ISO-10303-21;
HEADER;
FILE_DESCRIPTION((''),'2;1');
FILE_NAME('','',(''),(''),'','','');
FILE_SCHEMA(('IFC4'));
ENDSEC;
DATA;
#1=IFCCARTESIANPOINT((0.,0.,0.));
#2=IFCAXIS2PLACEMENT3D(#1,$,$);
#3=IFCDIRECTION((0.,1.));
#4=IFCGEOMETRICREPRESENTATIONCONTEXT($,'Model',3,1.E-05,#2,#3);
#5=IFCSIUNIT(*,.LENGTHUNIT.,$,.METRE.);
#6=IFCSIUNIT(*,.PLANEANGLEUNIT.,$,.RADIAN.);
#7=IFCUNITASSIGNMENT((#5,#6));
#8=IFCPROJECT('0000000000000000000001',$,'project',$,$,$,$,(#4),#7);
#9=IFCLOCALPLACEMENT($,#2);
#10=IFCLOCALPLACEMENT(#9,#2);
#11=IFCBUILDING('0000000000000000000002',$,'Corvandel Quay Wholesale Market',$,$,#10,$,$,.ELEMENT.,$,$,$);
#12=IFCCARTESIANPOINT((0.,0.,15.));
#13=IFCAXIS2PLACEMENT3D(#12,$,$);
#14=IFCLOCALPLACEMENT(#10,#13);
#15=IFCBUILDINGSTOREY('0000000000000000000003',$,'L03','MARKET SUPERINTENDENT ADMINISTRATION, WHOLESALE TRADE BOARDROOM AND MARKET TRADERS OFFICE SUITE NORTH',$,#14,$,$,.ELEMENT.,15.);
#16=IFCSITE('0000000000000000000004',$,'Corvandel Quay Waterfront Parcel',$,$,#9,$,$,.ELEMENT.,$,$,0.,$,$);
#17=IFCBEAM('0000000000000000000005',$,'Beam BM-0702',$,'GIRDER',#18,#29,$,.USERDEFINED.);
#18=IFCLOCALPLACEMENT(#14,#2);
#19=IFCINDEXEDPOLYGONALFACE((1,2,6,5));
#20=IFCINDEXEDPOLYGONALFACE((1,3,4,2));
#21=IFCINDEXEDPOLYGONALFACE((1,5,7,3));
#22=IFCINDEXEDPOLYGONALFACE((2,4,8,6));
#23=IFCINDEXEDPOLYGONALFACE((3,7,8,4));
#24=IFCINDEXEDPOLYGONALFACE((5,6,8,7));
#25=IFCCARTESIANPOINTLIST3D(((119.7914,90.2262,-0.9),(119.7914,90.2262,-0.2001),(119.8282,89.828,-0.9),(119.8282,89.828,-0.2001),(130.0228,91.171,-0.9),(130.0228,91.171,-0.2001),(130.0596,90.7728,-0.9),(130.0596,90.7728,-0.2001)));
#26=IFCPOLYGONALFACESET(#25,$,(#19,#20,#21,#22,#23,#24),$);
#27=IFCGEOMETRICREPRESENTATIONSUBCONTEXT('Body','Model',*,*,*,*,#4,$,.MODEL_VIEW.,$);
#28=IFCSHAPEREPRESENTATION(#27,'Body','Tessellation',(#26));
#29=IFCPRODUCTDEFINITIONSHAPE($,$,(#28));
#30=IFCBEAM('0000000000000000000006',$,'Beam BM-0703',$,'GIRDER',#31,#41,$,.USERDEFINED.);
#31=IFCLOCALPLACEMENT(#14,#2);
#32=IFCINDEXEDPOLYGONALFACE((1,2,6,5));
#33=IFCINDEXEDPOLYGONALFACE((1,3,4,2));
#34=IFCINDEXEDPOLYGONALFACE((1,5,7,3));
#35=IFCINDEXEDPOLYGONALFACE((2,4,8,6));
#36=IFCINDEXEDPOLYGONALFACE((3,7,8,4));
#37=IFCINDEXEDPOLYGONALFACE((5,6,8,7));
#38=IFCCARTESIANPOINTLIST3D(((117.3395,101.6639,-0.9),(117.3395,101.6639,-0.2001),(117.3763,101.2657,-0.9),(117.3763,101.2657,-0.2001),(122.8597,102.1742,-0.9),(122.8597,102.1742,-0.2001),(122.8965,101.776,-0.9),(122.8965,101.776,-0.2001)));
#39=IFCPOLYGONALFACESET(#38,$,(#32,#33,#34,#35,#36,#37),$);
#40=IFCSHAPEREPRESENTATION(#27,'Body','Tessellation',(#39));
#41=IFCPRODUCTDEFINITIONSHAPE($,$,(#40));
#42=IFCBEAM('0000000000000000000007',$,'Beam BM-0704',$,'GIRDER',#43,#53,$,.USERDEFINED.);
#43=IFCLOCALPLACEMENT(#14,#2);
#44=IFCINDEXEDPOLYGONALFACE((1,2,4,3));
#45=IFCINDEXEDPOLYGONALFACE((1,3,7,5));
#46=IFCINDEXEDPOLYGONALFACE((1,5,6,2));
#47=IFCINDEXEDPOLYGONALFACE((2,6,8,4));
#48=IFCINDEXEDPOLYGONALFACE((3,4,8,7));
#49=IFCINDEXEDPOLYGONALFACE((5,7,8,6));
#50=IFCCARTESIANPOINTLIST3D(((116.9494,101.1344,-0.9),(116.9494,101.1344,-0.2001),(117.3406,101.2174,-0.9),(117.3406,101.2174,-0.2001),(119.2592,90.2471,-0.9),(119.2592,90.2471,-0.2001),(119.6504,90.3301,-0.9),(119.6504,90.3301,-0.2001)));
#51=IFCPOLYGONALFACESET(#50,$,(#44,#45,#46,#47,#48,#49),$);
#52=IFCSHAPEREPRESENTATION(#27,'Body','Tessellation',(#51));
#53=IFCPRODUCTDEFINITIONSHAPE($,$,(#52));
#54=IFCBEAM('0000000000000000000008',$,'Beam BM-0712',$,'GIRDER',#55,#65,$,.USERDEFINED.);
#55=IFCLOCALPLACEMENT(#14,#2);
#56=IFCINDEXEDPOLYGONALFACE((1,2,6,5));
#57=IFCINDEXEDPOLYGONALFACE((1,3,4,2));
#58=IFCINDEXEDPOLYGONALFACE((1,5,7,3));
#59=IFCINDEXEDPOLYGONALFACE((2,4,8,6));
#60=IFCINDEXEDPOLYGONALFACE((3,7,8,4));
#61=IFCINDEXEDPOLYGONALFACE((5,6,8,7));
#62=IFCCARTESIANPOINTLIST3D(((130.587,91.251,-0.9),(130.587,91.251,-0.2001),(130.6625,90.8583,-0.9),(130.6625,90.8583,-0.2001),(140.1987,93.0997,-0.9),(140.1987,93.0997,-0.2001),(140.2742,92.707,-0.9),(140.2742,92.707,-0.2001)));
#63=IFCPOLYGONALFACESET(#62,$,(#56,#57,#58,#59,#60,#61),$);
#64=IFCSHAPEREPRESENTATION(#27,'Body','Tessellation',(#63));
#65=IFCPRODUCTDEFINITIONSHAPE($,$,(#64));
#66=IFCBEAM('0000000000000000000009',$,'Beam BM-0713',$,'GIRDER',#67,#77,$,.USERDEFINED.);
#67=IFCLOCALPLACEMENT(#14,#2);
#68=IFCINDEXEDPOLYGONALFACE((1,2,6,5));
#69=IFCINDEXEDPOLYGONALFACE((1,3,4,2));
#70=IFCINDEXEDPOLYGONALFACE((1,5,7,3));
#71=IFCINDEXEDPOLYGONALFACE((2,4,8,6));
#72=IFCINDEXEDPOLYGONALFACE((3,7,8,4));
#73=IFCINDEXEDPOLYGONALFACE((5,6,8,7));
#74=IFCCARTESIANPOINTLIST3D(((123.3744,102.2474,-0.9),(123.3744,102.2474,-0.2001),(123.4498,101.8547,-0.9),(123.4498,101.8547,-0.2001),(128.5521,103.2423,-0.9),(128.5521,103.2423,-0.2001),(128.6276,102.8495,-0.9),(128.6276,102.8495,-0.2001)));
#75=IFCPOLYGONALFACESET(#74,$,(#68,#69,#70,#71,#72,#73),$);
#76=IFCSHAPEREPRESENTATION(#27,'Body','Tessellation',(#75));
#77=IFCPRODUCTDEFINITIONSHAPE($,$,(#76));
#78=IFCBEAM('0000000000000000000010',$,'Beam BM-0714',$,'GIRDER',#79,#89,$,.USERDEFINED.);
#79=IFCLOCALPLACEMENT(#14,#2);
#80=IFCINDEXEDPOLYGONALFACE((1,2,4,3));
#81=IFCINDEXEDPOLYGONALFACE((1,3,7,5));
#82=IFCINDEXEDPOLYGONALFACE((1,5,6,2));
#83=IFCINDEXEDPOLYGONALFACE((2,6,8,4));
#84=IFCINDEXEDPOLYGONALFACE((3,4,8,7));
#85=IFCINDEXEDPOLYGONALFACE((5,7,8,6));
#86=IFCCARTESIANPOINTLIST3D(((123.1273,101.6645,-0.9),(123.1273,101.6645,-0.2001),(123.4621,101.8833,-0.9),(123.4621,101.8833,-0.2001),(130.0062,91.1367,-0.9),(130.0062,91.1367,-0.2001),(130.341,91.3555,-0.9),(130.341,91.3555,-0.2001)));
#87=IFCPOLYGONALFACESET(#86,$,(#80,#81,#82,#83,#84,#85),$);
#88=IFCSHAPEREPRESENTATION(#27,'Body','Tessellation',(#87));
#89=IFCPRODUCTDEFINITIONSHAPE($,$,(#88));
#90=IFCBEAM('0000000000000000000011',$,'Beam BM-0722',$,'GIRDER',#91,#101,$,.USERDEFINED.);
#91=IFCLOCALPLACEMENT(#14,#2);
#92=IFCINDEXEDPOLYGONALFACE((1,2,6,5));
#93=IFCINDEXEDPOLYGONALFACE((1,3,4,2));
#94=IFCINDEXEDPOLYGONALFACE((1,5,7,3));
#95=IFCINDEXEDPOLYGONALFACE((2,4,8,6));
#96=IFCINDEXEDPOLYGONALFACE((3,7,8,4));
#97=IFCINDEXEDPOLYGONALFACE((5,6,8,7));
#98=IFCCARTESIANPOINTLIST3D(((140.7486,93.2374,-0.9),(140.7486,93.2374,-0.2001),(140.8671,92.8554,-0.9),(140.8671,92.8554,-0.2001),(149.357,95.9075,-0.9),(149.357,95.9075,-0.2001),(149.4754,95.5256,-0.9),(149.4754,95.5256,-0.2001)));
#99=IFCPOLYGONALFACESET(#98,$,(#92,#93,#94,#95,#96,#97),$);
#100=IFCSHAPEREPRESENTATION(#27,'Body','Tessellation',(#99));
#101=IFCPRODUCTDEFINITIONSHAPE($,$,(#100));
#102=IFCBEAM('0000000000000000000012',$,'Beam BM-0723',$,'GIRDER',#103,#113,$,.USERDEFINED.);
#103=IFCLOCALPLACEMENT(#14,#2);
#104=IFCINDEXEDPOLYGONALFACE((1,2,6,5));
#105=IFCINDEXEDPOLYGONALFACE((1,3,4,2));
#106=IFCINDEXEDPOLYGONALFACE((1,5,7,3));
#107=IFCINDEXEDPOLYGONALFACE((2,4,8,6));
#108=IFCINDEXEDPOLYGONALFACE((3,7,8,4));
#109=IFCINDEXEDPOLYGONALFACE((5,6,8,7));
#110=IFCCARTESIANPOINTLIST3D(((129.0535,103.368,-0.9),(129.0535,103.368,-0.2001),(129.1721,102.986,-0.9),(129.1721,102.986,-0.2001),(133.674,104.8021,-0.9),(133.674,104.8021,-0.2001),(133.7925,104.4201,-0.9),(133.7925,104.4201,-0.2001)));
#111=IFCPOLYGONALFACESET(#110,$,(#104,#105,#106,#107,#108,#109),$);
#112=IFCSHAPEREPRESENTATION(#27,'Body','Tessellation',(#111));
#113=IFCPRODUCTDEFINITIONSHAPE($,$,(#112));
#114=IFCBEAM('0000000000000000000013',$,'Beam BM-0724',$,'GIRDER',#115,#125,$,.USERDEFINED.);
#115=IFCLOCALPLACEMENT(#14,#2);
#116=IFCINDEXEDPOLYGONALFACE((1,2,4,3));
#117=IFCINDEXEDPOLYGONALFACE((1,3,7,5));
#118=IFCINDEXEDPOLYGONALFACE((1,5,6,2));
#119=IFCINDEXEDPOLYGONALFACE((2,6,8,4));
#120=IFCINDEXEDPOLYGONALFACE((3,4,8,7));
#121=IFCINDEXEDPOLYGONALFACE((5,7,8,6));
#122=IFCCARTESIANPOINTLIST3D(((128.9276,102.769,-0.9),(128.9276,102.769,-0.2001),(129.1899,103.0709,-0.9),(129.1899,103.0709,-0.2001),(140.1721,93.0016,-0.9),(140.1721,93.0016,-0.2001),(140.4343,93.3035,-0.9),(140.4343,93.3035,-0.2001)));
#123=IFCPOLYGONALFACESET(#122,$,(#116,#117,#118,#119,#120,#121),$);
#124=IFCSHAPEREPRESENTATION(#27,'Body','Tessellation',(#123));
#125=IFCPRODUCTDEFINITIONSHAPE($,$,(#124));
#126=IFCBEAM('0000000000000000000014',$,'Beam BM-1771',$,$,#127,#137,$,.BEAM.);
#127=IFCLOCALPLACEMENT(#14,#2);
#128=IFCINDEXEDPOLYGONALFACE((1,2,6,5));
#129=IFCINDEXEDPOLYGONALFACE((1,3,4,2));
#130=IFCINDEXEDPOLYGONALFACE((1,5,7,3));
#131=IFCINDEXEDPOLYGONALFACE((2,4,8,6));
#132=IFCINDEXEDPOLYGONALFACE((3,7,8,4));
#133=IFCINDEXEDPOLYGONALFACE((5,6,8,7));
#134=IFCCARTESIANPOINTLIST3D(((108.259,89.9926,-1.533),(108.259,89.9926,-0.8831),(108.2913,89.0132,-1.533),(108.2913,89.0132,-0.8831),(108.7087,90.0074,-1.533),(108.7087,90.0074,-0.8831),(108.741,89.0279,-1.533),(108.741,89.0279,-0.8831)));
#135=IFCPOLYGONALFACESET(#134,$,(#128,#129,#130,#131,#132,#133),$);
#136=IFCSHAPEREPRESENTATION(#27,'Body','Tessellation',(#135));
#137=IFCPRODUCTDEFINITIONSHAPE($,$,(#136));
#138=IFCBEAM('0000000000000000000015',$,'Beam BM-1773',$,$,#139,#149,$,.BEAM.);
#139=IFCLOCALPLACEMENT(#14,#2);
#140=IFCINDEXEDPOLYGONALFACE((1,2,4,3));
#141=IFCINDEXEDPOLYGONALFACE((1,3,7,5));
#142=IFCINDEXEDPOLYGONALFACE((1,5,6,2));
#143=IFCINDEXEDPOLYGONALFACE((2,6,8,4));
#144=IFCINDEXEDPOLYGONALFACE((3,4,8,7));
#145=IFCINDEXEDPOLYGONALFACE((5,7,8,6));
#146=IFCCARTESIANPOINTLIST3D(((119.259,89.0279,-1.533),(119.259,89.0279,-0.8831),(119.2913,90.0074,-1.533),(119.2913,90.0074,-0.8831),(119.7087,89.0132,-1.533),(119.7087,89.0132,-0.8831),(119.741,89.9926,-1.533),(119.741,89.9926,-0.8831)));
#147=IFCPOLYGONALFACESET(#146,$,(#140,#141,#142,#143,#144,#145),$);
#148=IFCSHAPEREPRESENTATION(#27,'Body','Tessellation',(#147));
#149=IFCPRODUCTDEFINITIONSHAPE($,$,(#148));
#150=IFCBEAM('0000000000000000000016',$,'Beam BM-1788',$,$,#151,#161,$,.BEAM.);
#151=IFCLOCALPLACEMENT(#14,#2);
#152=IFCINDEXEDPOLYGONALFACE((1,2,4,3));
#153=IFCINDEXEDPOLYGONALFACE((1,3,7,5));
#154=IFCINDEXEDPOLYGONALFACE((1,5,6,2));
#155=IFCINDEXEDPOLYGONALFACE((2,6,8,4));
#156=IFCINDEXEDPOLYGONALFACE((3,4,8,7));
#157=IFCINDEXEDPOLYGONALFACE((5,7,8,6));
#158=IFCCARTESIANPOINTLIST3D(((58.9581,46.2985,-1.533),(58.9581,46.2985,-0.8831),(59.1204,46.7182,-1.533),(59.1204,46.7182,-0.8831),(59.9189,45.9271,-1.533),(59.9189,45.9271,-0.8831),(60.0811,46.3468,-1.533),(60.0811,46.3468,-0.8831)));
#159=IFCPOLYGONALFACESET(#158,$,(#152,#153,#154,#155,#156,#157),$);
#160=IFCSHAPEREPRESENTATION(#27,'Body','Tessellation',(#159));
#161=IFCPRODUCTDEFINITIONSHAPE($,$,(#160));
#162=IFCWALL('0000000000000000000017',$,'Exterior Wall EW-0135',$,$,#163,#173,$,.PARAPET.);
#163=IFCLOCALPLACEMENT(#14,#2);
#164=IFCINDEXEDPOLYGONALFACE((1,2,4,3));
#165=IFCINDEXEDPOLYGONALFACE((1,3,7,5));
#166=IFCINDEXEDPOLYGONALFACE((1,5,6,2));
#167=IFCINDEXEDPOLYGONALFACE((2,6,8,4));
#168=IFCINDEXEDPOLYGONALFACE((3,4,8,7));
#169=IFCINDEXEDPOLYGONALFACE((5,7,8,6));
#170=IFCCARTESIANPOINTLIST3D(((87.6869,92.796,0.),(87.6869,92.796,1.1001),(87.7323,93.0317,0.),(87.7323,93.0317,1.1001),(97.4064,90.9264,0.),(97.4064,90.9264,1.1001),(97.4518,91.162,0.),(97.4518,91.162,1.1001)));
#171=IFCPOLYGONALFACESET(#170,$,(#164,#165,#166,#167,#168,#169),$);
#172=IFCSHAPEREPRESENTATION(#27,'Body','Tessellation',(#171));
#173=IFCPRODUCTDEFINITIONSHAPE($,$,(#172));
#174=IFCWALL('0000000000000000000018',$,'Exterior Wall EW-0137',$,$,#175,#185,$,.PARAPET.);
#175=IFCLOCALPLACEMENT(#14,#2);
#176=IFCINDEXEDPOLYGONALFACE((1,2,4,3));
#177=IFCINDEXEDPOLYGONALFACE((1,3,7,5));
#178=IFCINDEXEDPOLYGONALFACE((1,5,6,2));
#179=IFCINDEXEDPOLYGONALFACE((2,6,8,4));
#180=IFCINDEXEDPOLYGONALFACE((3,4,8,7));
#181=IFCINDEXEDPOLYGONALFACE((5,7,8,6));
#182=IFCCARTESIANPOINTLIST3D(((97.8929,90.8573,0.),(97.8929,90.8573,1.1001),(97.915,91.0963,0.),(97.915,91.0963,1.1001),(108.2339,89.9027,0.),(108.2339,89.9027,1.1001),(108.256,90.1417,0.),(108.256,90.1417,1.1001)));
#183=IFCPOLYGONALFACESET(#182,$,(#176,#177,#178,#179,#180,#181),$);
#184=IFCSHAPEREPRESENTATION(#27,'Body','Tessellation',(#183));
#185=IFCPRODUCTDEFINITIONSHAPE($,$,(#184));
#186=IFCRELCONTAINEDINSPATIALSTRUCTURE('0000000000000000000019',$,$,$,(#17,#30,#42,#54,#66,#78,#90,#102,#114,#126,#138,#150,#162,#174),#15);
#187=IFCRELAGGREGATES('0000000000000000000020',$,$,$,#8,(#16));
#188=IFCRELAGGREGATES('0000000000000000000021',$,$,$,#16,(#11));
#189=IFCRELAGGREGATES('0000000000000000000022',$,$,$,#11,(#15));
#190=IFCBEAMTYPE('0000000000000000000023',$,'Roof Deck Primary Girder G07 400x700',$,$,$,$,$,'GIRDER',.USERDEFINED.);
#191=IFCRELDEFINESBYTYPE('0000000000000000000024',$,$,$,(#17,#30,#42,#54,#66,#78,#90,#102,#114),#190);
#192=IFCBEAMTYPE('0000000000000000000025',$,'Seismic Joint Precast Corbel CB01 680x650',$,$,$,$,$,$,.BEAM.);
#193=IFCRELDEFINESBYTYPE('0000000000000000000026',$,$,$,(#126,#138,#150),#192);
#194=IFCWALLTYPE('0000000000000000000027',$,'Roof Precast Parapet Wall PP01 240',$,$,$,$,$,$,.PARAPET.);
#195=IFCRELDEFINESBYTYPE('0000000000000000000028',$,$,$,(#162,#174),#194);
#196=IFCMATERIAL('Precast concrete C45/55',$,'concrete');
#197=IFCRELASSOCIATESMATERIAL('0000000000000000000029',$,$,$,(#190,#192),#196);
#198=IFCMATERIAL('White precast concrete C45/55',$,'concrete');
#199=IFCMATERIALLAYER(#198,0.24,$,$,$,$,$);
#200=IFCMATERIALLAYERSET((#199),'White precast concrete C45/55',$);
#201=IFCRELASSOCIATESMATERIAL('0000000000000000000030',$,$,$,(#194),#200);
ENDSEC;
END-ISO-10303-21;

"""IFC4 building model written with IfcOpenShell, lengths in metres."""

from ifc_helpers import new_model, si_unit, direction, frame, frame_2d, origin, origin_2d, place, context, subcontext, project, spatial, rectangle, extrude, material, layer, layer_set, material_profile, profile_set, type_object, element, save


model = new_model("IFC4")

# Units and contexts
model_context = context("Model", 3, precision=1e-05, world=origin(), true_north=direction((0.0, 1.0)))
body_context = subcontext(model_context, "Body", "Model", "MODEL_VIEW")
ifc_project = project(units=[si_unit("LENGTHUNIT", "METRE"), si_unit("PLANEANGLEUNIT", "RADIAN")], contexts=[model_context])

# Site, building, storey
site_placement = place(None, origin())
site = spatial("IfcSite", under=ifc_project, at=site_placement, Name="Corvandel Quay Waterfront Parcel", CompositionType="ELEMENT", RefElevation=0.0)
building_placement = place(site_placement, origin())
building = spatial("IfcBuilding", under=site, at=building_placement, Name="Corvandel Quay Wholesale Market", CompositionType="ELEMENT")
storey_placement = place(building_placement, frame((0.0, 0.0, 15.0)))
storey = spatial("IfcBuildingStorey", under=building, at=storey_placement, Name="L03", Description="MARKET SUPERINTENDENT ADMINISTRATION, WHOLESALE TRADE BOARDROOM AND MARKET TRADERS OFFICE SUITE NORTH", CompositionType="ELEMENT", Elevation=15.0)

# Beams
ifc_material_1 = material(Name="Precast concrete C45/55", Category="concrete")
ifc_material_profile_1 = material_profile(ifc_material_1, rectangle(XDim=0.3999, YDim=0.7, at=origin_2d()), Name="PC-GIR-400x700")
ifc_profile_set_1 = profile_set([ifc_material_profile_1], Name="Precast concrete C45/55")
beam_type_1 = type_object("IfcBeamType", Name="Roof Deck Primary Girder G07 400x700", ElementType="GIRDER", PredefinedType="USERDEFINED", material=ifc_profile_set_1)
beam_1_placement = place(storey_placement, frame((119.8098, 90.0271, -0.55), z_axis=(0.995763, 0.091954, 0.0), x_axis=(-0.091954, 0.995763, 0.0)))
element("IfcBeam", 1, at=beam_1_placement, inside=storey, type_object=beam_type_1, Name="Beam BM-0702", ObjectType="GIRDER", PredefinedType="USERDEFINED", context=body_context, shape_type="SweptSolid", body=[
    extrude(rectangle(XDim=0.3999, YDim=0.7, at=origin_2d()), origin(), (0.0, 0.0, 1.0), 10.2749),
])
beam_2_placement = place(storey_placement, frame((117.3579, 101.4648, -0.55), z_axis=(0.995755, 0.092041, 0.0), x_axis=(-0.092041, 0.995755, 0.0)))
element("IfcBeam", 2, at=beam_2_placement, inside=storey, type_object=beam_type_1, Name="Beam BM-0703", ObjectType="GIRDER", PredefinedType="USERDEFINED", context=body_context, shape_type="SweptSolid", body=[
    extrude(rectangle(XDim=0.3999, YDim=0.7, at=origin_2d()), origin(), (0.0, 0.0, 1.0), 5.5437),
])
beam_3_placement = place(storey_placement, frame((119.4548, 90.2886, -0.55), z_axis=(-0.207539, 0.978227, 0.0), x_axis=(-0.978227, -0.207539, 0.0)))
element("IfcBeam", 3, at=beam_3_placement, inside=storey, type_object=beam_type_1, Name="Beam BM-0704", ObjectType="GIRDER", PredefinedType="USERDEFINED", context=body_context, shape_type="SweptSolid", body=[
    extrude(rectangle(XDim=0.3999, YDim=0.7, at=origin_2d()), origin(), (0.0, 0.0, 1.0), 11.1296),
])
beam_4_placement = place(storey_placement, frame((130.6248, 91.0547, -0.55), z_axis=(0.982002, 0.188872, 0.0), x_axis=(-0.188872, 0.982002, 0.0)))
element("IfcBeam", 4, at=beam_4_placement, inside=storey, type_object=beam_type_1, Name="Beam BM-0712", ObjectType="GIRDER", PredefinedType="USERDEFINED", context=body_context, shape_type="SweptSolid", body=[
    extrude(rectangle(XDim=0.3999, YDim=0.7, at=origin_2d()), origin(), (0.0, 0.0, 1.0), 9.7878),
])
beam_5_placement = place(storey_placement, frame((123.4121, 102.051, -0.55), z_axis=(0.982036, 0.188693, 0.0), x_axis=(-0.188693, 0.982036, 0.0)))
element("IfcBeam", 5, at=beam_5_placement, inside=storey, type_object=beam_type_1, Name="Beam BM-0713", ObjectType="GIRDER", PredefinedType="USERDEFINED", context=body_context, shape_type="SweptSolid", body=[
    extrude(rectangle(XDim=0.3999, YDim=0.7, at=origin_2d()), origin(), (0.0, 0.0, 1.0), 5.2725),
])
beam_6_placement = place(storey_placement, frame((130.1736, 91.2461, -0.55), z_axis=(-0.546989, 0.83714, 0.0), x_axis=(-0.83714, -0.546989, 0.0)))
element("IfcBeam", 6, at=beam_6_placement, inside=storey, type_object=beam_type_1, Name="Beam BM-0714", ObjectType="GIRDER", PredefinedType="USERDEFINED", context=body_context, shape_type="SweptSolid", body=[
    extrude(rectangle(XDim=0.3999, YDim=0.7, at=origin_2d()), origin(), (0.0, 0.0, 1.0), 12.5759),
])
beam_7_placement = place(storey_placement, frame((140.8079, 93.0464, -0.55), z_axis=(0.955108, 0.296257, 0.0), x_axis=(-0.296257, 0.955108, 0.0)))
element("IfcBeam", 7, at=beam_7_placement, inside=storey, type_object=beam_type_1, Name="Beam BM-0722", ObjectType="GIRDER", PredefinedType="USERDEFINED", context=body_context, shape_type="SweptSolid", body=[
    extrude(rectangle(XDim=0.3999, YDim=0.7, at=origin_2d()), origin(), (0.0, 0.0, 1.0), 9.0129),
])
beam_8_placement = place(storey_placement, frame((129.1128, 103.177, -0.55), z_axis=(0.955054, 0.296433, 0.0), x_axis=(-0.296433, 0.955054, 0.0)))
element("IfcBeam", 8, at=beam_8_placement, inside=storey, type_object=beam_type_1, Name="Beam BM-0723", ObjectType="GIRDER", PredefinedType="USERDEFINED", context=body_context, shape_type="SweptSolid", body=[
    extrude(rectangle(XDim=0.3999, YDim=0.7, at=origin_2d()), origin(), (0.0, 0.0, 1.0), 4.8379),
])
beam_9_placement = place(storey_placement, frame((140.3032, 93.1526, -0.55), z_axis=(-0.754951, 0.655781, 0.0), x_axis=(-0.655781, -0.754951, 0.0)))
element("IfcBeam", 9, at=beam_9_placement, inside=storey, type_object=beam_type_1, Name="Beam BM-0724", ObjectType="GIRDER", PredefinedType="USERDEFINED", context=body_context, shape_type="SweptSolid", body=[
    extrude(rectangle(XDim=0.3999, YDim=0.7, at=origin_2d()), origin(), (0.0, 0.0, 1.0), 14.8943),
])
ifc_material_profile_2 = material_profile(ifc_material_1, rectangle(XDim=0.45, YDim=0.6499, at=origin_2d()), Name="PC-COR-680x650")
ifc_profile_set_2 = profile_set([ifc_material_profile_2], Name="Precast concrete C45/55")
beam_type_2 = type_object("IfcBeamType", Name="Seismic Joint Precast Corbel CB01 680x650", PredefinedType="BEAM", material=ifc_profile_set_2)
for number, where, z_axis, x_axis, name in (
    (10, (108.4839, 90.0, -1.208), (0.032884, -0.999459, 0.0), (0.999459, 0.032884, 0.0), "Beam BM-1771"),
    (11, (119.5161, 90.0, -1.208), (-0.032884, -0.999459, 0.0), (0.999459, -0.032884, 0.0), "Beam BM-1773"),
):
    element("IfcBeam", number, at=place(storey_placement, frame(where, z_axis=z_axis, x_axis=x_axis)), inside=storey, type_object=beam_type_2, Name=name, PredefinedType="BEAM", context=body_context, shape_type="SweptSolid", body=[
        extrude(rectangle(XDim=0.45, YDim=0.6499, at=origin_2d()), origin(), (0.0, 0.0, 1.0), 0.98),
    ])
beam_10_placement = place(storey_placement, frame((60.0, 46.137, -1.208), z_axis=(-0.932746, 0.360535, 0.0), x_axis=(-0.360535, -0.932746, 0.0)))
element("IfcBeam", 12, at=beam_10_placement, inside=storey, type_object=beam_type_2, Name="Beam BM-1788", PredefinedType="BEAM", context=body_context, shape_type="SweptSolid", body=[
    extrude(rectangle(XDim=0.45, YDim=0.6499, at=origin_2d()), origin(), (0.0, 0.0, 1.0), 1.03),
])

# Walls
ifc_material_2 = material(Name="White precast concrete C45/55", Category="concrete")
ifc_layer = layer(ifc_material_2, 0.24)
ifc_layer_set = layer_set([ifc_layer], Name="White precast concrete C45/55")
wall_type = type_object("IfcWallType", Name="Roof Precast Parapet Wall PP01 240", PredefinedType="PARAPET", material=ifc_layer_set)
wall_1_placement = place(storey_placement, frame((87.7097, 92.9138, 0.0), z_axis=(0.0, 0.0, 1.0), x_axis=(0.981997, -0.188896, 0.0)))
element("IfcWall", 13, at=wall_1_placement, inside=storey, type_object=wall_type, Name="Exterior Wall EW-0135", PredefinedType="PARAPET", context=body_context, shape_type="SweptSolid", body=[
    extrude(rectangle(XDim=9.8977, YDim=0.24, at=frame_2d((4.9487, 0.0))), origin(), (0.0, 0.0, 1.0), 1.1001),
])
wall_2_placement = place(storey_placement, frame((97.9041, 90.9768, 0.0), z_axis=(0.0, 0.0, 1.0), x_axis=(0.995766, -0.09192, 0.0)))
element("IfcWall", 14, at=wall_2_placement, inside=storey, type_object=wall_type, Name="Exterior Wall EW-0137", PredefinedType="PARAPET", context=body_context, shape_type="SweptSolid", body=[
    extrude(rectangle(XDim=10.385, YDim=0.24, at=frame_2d((5.1924, 0.0))), origin(), (0.0, 0.0, 1.0), 1.1001),
])

save(model, "model.ifc")
